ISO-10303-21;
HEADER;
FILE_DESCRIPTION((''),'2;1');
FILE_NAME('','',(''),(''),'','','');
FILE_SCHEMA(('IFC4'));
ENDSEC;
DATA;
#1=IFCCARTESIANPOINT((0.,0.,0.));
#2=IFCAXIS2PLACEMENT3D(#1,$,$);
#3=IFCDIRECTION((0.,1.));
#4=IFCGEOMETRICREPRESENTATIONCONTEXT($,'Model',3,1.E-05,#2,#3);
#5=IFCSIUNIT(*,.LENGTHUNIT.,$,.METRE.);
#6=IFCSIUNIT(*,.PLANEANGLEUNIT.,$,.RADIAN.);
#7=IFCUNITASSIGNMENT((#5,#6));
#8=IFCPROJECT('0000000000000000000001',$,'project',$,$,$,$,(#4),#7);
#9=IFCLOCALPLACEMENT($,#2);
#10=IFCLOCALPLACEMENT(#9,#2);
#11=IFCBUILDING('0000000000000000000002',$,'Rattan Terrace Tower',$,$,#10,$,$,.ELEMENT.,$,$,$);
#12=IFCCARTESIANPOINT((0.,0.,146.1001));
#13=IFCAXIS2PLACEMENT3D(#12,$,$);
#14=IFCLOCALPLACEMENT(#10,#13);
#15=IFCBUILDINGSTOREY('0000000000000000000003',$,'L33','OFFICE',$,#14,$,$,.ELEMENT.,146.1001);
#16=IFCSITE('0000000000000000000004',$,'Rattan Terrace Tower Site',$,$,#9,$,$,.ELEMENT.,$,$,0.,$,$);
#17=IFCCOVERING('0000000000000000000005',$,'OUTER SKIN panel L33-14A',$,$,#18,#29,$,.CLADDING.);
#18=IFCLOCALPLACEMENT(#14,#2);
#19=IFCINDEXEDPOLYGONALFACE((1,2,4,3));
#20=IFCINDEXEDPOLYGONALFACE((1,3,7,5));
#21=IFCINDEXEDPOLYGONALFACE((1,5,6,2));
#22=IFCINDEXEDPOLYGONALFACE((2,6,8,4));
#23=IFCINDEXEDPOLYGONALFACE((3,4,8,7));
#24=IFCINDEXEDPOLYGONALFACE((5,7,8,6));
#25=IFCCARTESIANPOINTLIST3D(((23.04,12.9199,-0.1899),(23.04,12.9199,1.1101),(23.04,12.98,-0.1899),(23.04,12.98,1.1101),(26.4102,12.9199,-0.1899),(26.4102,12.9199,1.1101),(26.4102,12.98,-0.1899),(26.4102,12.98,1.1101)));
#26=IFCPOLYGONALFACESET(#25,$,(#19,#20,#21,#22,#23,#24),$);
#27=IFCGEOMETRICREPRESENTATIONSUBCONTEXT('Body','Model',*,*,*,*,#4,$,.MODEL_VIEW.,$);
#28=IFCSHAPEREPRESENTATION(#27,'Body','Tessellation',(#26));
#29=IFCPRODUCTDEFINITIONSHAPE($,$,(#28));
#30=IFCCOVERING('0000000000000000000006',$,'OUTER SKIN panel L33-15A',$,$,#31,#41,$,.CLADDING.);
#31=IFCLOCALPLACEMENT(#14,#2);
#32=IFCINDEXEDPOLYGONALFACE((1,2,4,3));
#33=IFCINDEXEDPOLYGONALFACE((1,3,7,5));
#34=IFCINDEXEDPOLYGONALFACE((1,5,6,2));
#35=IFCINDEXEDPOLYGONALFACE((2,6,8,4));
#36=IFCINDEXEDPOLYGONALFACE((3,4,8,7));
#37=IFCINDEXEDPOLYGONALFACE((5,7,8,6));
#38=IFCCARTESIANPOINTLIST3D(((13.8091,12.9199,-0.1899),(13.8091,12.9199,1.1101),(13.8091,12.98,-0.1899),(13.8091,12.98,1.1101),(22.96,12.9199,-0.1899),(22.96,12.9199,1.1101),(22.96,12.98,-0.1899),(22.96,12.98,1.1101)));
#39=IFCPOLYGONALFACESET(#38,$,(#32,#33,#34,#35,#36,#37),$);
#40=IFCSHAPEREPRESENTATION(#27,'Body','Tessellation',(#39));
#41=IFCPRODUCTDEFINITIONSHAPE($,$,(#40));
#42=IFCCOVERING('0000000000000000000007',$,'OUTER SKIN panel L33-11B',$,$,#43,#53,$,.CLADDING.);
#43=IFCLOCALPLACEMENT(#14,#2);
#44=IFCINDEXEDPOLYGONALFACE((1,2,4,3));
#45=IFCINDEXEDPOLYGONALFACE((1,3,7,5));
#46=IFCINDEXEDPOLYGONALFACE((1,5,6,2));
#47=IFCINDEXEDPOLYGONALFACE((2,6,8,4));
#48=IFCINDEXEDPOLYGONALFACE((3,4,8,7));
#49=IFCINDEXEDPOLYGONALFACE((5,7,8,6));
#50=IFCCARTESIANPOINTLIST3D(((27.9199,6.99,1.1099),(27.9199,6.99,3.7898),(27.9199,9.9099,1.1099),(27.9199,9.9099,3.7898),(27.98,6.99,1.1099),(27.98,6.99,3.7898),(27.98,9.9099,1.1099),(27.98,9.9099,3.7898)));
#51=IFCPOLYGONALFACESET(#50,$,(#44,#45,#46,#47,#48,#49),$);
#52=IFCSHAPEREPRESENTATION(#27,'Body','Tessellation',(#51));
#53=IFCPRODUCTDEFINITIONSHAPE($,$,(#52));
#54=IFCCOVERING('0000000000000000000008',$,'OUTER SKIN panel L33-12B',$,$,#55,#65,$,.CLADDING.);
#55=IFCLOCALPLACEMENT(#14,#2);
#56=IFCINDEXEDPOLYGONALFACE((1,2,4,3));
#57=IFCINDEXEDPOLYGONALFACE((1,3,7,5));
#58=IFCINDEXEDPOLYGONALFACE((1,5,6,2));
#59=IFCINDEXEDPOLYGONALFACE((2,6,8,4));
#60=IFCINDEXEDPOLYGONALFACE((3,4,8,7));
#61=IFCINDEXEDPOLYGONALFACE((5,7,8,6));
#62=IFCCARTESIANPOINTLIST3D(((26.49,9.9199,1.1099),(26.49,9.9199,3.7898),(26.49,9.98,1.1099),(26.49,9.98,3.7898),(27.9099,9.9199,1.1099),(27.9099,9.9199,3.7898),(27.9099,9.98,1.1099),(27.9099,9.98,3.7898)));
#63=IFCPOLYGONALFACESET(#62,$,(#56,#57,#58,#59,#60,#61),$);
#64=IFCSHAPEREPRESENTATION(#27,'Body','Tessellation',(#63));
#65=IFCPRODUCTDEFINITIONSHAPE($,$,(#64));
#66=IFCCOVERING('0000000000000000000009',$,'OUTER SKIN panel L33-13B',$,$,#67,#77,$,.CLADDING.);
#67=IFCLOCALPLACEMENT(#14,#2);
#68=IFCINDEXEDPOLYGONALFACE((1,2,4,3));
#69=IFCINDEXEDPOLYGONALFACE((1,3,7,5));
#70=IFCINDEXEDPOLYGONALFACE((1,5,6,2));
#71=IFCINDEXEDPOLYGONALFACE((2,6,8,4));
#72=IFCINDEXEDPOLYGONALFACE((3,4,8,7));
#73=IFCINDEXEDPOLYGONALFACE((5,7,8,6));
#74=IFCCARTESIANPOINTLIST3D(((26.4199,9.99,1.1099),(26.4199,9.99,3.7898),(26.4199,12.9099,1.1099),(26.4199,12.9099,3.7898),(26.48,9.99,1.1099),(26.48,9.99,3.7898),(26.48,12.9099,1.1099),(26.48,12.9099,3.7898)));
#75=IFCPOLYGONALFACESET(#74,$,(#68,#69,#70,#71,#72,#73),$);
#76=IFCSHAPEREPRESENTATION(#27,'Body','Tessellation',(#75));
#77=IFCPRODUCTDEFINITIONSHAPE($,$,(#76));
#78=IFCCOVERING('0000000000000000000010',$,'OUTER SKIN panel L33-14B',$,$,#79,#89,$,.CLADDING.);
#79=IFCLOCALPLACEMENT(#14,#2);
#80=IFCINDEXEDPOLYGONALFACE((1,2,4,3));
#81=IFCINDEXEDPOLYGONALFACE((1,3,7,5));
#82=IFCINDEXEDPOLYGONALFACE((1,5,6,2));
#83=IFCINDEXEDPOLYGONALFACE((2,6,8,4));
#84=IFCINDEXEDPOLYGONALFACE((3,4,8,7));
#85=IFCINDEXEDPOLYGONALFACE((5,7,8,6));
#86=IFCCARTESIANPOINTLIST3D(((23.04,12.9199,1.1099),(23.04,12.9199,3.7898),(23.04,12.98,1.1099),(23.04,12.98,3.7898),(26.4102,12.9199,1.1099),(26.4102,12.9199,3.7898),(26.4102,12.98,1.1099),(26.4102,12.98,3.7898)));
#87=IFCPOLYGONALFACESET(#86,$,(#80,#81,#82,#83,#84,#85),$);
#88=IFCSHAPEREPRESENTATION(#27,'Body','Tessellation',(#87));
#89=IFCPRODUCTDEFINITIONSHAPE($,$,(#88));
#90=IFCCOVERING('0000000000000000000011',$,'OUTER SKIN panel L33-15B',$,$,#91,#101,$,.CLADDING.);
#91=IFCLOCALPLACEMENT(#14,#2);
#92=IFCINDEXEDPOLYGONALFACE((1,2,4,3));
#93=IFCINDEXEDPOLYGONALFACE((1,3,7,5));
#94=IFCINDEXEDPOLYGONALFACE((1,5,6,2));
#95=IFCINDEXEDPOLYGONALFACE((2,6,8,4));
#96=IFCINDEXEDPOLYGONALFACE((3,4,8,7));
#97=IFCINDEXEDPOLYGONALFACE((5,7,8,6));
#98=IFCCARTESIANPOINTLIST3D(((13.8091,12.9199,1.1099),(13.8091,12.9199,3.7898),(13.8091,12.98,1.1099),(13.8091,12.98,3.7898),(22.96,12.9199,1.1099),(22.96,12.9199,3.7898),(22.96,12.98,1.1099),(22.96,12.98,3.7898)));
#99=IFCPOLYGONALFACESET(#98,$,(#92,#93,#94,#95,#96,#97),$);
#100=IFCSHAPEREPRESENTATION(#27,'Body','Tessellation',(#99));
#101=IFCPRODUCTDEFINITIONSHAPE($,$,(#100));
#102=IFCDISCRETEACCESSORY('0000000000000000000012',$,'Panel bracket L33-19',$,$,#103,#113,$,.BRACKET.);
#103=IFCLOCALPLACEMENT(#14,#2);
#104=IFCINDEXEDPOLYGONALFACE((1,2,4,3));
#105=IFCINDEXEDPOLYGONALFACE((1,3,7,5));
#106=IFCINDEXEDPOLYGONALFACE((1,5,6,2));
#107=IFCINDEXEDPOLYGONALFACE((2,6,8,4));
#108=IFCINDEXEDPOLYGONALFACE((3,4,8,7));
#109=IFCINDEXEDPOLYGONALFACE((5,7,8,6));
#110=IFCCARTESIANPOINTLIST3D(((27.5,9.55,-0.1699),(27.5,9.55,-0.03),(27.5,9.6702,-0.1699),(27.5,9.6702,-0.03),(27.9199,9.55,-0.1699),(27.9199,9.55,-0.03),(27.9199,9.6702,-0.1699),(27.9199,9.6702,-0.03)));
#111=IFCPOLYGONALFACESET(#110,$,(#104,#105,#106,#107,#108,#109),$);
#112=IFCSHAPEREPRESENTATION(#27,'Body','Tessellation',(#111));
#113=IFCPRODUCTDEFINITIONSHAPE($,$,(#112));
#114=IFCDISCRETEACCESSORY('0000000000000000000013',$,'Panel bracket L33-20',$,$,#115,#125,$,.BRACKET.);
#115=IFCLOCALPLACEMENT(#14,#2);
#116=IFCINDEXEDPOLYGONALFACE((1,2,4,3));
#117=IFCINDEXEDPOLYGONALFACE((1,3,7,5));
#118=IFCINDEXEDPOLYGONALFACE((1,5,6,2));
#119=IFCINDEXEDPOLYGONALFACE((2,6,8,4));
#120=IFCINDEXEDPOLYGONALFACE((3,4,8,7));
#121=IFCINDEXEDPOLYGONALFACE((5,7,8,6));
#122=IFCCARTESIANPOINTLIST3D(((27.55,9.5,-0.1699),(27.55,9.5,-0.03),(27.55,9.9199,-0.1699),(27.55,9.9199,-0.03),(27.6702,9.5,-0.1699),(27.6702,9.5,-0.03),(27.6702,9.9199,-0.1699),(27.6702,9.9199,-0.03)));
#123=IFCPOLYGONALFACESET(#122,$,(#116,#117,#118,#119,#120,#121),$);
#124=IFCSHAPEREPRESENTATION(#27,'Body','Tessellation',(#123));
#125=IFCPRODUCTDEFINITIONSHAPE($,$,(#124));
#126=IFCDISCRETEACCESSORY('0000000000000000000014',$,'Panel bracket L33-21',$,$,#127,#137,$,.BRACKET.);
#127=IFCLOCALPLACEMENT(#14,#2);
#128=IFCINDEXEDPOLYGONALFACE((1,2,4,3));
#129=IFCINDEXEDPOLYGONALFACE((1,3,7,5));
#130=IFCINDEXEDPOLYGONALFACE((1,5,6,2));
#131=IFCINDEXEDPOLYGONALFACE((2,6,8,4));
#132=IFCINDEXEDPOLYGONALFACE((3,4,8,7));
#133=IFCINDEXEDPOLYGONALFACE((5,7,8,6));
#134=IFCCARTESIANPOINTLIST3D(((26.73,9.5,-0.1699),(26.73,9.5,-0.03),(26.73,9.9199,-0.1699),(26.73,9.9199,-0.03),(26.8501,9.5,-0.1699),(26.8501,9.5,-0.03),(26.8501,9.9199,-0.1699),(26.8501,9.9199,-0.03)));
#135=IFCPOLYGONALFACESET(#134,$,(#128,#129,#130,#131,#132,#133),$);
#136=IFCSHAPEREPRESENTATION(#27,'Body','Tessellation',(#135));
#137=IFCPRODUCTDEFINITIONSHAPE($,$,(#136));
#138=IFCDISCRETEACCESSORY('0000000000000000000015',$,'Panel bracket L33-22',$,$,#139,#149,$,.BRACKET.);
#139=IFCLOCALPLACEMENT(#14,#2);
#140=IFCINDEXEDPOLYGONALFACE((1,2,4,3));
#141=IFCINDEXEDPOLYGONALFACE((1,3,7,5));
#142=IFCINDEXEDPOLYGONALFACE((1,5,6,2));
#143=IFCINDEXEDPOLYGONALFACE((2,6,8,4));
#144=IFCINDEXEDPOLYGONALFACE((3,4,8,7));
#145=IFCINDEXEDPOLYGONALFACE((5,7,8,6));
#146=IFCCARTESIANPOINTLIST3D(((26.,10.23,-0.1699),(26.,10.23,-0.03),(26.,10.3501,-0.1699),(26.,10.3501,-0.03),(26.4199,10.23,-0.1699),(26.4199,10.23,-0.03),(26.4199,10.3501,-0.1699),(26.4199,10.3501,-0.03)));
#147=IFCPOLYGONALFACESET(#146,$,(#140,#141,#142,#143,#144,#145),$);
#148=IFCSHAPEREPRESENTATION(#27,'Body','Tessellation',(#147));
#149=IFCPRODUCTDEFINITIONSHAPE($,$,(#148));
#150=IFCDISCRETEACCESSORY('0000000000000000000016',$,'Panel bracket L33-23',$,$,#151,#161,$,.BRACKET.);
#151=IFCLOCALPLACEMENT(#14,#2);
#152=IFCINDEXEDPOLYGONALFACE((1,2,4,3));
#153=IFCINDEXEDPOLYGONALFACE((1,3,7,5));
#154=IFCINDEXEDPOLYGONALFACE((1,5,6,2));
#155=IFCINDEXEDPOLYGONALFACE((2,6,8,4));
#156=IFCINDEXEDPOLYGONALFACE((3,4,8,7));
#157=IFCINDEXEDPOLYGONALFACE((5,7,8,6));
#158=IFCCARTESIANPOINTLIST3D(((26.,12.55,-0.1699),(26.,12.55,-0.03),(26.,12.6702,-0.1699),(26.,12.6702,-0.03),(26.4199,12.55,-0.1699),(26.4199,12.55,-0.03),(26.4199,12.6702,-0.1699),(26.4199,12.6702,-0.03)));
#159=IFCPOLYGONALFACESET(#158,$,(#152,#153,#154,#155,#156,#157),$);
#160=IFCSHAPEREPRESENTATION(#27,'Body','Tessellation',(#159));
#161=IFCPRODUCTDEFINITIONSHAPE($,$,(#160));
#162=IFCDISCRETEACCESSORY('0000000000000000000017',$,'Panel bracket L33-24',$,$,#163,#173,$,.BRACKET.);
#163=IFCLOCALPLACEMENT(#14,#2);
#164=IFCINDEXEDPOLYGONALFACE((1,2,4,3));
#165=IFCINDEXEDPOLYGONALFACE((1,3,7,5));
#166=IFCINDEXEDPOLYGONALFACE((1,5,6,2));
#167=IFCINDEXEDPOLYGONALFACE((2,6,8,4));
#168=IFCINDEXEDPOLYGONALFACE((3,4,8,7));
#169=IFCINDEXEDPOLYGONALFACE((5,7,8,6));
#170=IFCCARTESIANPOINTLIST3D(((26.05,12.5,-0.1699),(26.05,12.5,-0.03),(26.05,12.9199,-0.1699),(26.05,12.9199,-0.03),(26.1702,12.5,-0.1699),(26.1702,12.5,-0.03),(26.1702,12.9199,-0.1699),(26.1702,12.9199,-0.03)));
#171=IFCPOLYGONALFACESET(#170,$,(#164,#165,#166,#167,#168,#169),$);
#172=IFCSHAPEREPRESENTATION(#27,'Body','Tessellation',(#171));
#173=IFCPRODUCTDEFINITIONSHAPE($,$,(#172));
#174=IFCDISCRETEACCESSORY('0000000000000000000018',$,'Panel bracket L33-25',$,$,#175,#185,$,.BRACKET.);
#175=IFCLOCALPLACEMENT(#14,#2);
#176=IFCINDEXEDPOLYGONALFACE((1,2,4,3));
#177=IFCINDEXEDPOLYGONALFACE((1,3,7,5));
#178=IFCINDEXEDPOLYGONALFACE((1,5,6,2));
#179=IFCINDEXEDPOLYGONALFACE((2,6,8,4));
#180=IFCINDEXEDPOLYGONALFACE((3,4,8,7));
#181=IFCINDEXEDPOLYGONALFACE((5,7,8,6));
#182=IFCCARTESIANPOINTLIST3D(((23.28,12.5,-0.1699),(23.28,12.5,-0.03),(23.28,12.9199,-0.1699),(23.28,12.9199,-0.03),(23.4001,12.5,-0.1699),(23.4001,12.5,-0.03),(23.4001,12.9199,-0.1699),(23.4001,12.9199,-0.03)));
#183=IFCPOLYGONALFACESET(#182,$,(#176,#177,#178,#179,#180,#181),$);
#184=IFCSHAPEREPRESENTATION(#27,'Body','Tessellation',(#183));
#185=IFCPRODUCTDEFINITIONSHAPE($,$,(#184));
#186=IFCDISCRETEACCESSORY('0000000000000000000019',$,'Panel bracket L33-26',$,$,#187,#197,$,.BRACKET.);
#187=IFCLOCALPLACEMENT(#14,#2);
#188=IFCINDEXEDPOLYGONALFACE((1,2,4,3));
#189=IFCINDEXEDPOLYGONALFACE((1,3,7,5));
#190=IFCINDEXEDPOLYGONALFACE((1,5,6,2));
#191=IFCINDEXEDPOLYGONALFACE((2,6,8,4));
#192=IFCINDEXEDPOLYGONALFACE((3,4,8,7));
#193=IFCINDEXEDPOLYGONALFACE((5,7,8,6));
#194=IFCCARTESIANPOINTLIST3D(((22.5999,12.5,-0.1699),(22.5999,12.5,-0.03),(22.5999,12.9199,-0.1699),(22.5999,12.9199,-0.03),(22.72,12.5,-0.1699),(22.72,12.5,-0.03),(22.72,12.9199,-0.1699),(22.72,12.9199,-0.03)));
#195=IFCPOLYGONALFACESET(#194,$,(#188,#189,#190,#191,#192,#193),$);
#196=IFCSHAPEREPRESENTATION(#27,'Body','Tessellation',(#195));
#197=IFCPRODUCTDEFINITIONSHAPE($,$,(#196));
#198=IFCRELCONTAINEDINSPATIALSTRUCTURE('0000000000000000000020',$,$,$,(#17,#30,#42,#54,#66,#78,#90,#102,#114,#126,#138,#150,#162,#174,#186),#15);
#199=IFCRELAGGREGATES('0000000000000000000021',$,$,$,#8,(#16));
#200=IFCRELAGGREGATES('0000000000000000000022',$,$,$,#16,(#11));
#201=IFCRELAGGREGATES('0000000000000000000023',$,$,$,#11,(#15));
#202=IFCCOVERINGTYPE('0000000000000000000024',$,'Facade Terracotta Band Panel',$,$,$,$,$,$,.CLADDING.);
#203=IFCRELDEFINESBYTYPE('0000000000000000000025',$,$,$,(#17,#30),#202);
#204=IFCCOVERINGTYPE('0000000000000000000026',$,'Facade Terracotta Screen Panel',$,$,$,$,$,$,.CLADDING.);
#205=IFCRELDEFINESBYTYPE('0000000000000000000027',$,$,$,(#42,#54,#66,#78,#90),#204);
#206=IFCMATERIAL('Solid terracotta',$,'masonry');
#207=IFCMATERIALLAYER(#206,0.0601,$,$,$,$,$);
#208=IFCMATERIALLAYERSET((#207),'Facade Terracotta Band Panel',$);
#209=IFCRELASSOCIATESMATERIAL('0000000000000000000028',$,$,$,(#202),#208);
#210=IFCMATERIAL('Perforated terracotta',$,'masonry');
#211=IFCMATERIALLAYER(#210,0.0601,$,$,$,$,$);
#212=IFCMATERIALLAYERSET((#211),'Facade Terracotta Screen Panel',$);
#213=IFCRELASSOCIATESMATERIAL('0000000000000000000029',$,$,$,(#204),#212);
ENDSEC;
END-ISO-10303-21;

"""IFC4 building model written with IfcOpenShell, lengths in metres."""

from ifc_helpers import new_model, si_unit, direction, frame, origin, origin_2d, place, context, subcontext, project, spatial, rectangle, extrude, material, layer, layer_set, type_object, element, save


model = new_model("IFC4")

# Units and contexts
model_context = context("Model", 3, precision=1e-05, world=origin(), true_north=direction((0.0, 1.0)))
body_context = subcontext(model_context, "Body", "Model", "MODEL_VIEW")
ifc_project = project(units=[si_unit("LENGTHUNIT", "METRE"), si_unit("PLANEANGLEUNIT", "RADIAN")], contexts=[model_context])

# Site, building, storey
site_placement = place(None, origin())
site = spatial("IfcSite", under=ifc_project, at=site_placement, Name="Rattan Terrace Tower Site", CompositionType="ELEMENT", RefElevation=0.0)
building_placement = place(site_placement, origin())
building = spatial("IfcBuilding", under=site, at=building_placement, Name="Rattan Terrace Tower", CompositionType="ELEMENT")
storey_placement = place(building_placement, frame((0.0, 0.0, 146.1001)))
storey = spatial("IfcBuildingStorey", under=building, at=storey_placement, Name="L33", Description="OFFICE", CompositionType="ELEMENT", Elevation=146.1001)

# Coverings
ifc_material_1 = material(Name="Solid terracotta", Category="masonry")
ifc_layer_1 = layer(ifc_material_1, 0.0601)
ifc_layer_set_1 = layer_set([ifc_layer_1], Name="Facade Terracotta Band Panel")
covering_type_1 = type_object("IfcCoveringType", Name="Facade Terracotta Band Panel", PredefinedType="CLADDING", material=ifc_layer_set_1)
covering_1_placement = place(storey_placement, frame((24.7251, 12.95, -0.1899), z_axis=(0.0, 0.0, 1.0), x_axis=(-1.0, 0.0, 0.0)))
element("IfcCovering", 1, at=covering_1_placement, inside=storey, type_object=covering_type_1, Name="OUTER SKIN panel L33-14A", PredefinedType="CLADDING", context=body_context, shape_type="SweptSolid", body=[
    extrude(rectangle(XDim=3.3701, YDim=0.0601, at=origin_2d()), origin(), (0.0, 0.0, 1.0), 1.3),
])
covering_2_placement = place(storey_placement, frame((18.3845, 12.95, -0.1899), z_axis=(0.0, 0.0, 1.0), x_axis=(-1.0, 0.0, 0.0)))
element("IfcCovering", 2, at=covering_2_placement, inside=storey, type_object=covering_type_1, Name="OUTER SKIN panel L33-15A", PredefinedType="CLADDING", context=body_context, shape_type="SweptSolid", body=[
    extrude(rectangle(XDim=9.1509, YDim=0.0601, at=origin_2d()), origin(), (0.0, 0.0, 1.0), 1.3),
])
ifc_material_2 = material(Name="Perforated terracotta", Category="masonry")
ifc_layer_2 = layer(ifc_material_2, 0.0601)
ifc_layer_set_2 = layer_set([ifc_layer_2], Name="Facade Terracotta Screen Panel")
covering_type_2 = type_object("IfcCoveringType", Name="Facade Terracotta Screen Panel", PredefinedType="CLADDING", material=ifc_layer_set_2)
covering_3_placement = place(storey_placement, frame((27.95, 8.45, 1.1099), z_axis=(0.0, 0.0, 1.0), x_axis=(0.0, 1.0, 0.0)))
element("IfcCovering", 3, at=covering_3_placement, inside=storey, type_object=covering_type_2, Name="OUTER SKIN panel L33-11B", PredefinedType="CLADDING", context=body_context, shape_type="SweptSolid", body=[
    extrude(rectangle(XDim=2.9199, YDim=0.0601, at=origin_2d()), origin(), (0.0, 0.0, 1.0), 2.6799),
])
covering_4_placement = place(storey_placement, frame((27.2, 9.95, 1.1099), z_axis=(0.0, 0.0, 1.0), x_axis=(-1.0, 0.0, 0.0)))
element("IfcCovering", 4, at=covering_4_placement, inside=storey, type_object=covering_type_2, Name="OUTER SKIN panel L33-12B", PredefinedType="CLADDING", context=body_context, shape_type="SweptSolid", body=[
    extrude(rectangle(XDim=1.4199, YDim=0.0601, at=origin_2d()), origin(), (0.0, 0.0, 1.0), 2.6799),
])
covering_5_placement = place(storey_placement, frame((26.45, 11.45, 1.1099), z_axis=(0.0, 0.0, 1.0), x_axis=(0.0, 1.0, 0.0)))
element("IfcCovering", 5, at=covering_5_placement, inside=storey, type_object=covering_type_2, Name="OUTER SKIN panel L33-13B", PredefinedType="CLADDING", context=body_context, shape_type="SweptSolid", body=[
    extrude(rectangle(XDim=2.9199, YDim=0.0601, at=origin_2d()), origin(), (0.0, 0.0, 1.0), 2.6799),
])
covering_6_placement = place(storey_placement, frame((24.7251, 12.95, 1.1099), z_axis=(0.0, 0.0, 1.0), x_axis=(-1.0, 0.0, 0.0)))
element("IfcCovering", 6, at=covering_6_placement, inside=storey, type_object=covering_type_2, Name="OUTER SKIN panel L33-14B", PredefinedType="CLADDING", context=body_context, shape_type="SweptSolid", body=[
    extrude(rectangle(XDim=3.3701, YDim=0.0601, at=origin_2d()), origin(), (0.0, 0.0, 1.0), 2.6799),
])
covering_7_placement = place(storey_placement, frame((18.3845, 12.95, 1.1099), z_axis=(0.0, 0.0, 1.0), x_axis=(-1.0, 0.0, 0.0)))
element("IfcCovering", 7, at=covering_7_placement, inside=storey, type_object=covering_type_2, Name="OUTER SKIN panel L33-15B", PredefinedType="CLADDING", context=body_context, shape_type="SweptSolid", body=[
    extrude(rectangle(XDim=9.1509, YDim=0.0601, at=origin_2d()), origin(), (0.0, 0.0, 1.0), 2.6799),
])

# Discrete accessories
for number, where, z_axis, x_axis, name in (
    (8, (27.71, 9.6101, -0.1699), (0.0, 0.0, 1.0), (0.0, 1.0, 0.0), "Panel bracket L33-19"),
    (9, (27.6101, 9.71, -0.1699), (0.0, 0.0, 1.0), (-1.0, 0.0, 0.0), "Panel bracket L33-20"),
    (10, (26.79, 9.71, -0.1699), (0.0, 0.0, 1.0), (-1.0, 0.0, 0.0), "Panel bracket L33-21"),
    (11, (26.21, 10.29, -0.1699), (0.0, 0.0, 1.0), (0.0, 1.0, 0.0), "Panel bracket L33-22"),
    (12, (26.21, 12.6101, -0.1699), (0.0, 0.0, 1.0), (0.0, 1.0, 0.0), "Panel bracket L33-23"),
    (13, (26.1101, 12.71, -0.1699), (0.0, 0.0, 1.0), (-1.0, 0.0, 0.0), "Panel bracket L33-24"),
    (14, (23.3401, 12.71, -0.1699), (0.0, 0.0, 1.0), (-1.0, 0.0, 0.0), "Panel bracket L33-25"),
    (15, (22.6599, 12.71, -0.1699), (0.0, 0.0, 1.0), (-1.0, 0.0, 0.0), "Panel bracket L33-26"),
):
    element("IfcDiscreteAccessory", number, at=place(storey_placement, frame(where, z_axis=z_axis, x_axis=x_axis)), inside=storey, Name=name, PredefinedType="BRACKET", context=body_context, shape_type="SweptSolid", body=[
        extrude(rectangle(XDim=0.1201, YDim=0.4199, at=origin_2d()), origin(), (0.0, 0.0, 1.0), 0.1399),
    ])

save(model, "model.ifc")
